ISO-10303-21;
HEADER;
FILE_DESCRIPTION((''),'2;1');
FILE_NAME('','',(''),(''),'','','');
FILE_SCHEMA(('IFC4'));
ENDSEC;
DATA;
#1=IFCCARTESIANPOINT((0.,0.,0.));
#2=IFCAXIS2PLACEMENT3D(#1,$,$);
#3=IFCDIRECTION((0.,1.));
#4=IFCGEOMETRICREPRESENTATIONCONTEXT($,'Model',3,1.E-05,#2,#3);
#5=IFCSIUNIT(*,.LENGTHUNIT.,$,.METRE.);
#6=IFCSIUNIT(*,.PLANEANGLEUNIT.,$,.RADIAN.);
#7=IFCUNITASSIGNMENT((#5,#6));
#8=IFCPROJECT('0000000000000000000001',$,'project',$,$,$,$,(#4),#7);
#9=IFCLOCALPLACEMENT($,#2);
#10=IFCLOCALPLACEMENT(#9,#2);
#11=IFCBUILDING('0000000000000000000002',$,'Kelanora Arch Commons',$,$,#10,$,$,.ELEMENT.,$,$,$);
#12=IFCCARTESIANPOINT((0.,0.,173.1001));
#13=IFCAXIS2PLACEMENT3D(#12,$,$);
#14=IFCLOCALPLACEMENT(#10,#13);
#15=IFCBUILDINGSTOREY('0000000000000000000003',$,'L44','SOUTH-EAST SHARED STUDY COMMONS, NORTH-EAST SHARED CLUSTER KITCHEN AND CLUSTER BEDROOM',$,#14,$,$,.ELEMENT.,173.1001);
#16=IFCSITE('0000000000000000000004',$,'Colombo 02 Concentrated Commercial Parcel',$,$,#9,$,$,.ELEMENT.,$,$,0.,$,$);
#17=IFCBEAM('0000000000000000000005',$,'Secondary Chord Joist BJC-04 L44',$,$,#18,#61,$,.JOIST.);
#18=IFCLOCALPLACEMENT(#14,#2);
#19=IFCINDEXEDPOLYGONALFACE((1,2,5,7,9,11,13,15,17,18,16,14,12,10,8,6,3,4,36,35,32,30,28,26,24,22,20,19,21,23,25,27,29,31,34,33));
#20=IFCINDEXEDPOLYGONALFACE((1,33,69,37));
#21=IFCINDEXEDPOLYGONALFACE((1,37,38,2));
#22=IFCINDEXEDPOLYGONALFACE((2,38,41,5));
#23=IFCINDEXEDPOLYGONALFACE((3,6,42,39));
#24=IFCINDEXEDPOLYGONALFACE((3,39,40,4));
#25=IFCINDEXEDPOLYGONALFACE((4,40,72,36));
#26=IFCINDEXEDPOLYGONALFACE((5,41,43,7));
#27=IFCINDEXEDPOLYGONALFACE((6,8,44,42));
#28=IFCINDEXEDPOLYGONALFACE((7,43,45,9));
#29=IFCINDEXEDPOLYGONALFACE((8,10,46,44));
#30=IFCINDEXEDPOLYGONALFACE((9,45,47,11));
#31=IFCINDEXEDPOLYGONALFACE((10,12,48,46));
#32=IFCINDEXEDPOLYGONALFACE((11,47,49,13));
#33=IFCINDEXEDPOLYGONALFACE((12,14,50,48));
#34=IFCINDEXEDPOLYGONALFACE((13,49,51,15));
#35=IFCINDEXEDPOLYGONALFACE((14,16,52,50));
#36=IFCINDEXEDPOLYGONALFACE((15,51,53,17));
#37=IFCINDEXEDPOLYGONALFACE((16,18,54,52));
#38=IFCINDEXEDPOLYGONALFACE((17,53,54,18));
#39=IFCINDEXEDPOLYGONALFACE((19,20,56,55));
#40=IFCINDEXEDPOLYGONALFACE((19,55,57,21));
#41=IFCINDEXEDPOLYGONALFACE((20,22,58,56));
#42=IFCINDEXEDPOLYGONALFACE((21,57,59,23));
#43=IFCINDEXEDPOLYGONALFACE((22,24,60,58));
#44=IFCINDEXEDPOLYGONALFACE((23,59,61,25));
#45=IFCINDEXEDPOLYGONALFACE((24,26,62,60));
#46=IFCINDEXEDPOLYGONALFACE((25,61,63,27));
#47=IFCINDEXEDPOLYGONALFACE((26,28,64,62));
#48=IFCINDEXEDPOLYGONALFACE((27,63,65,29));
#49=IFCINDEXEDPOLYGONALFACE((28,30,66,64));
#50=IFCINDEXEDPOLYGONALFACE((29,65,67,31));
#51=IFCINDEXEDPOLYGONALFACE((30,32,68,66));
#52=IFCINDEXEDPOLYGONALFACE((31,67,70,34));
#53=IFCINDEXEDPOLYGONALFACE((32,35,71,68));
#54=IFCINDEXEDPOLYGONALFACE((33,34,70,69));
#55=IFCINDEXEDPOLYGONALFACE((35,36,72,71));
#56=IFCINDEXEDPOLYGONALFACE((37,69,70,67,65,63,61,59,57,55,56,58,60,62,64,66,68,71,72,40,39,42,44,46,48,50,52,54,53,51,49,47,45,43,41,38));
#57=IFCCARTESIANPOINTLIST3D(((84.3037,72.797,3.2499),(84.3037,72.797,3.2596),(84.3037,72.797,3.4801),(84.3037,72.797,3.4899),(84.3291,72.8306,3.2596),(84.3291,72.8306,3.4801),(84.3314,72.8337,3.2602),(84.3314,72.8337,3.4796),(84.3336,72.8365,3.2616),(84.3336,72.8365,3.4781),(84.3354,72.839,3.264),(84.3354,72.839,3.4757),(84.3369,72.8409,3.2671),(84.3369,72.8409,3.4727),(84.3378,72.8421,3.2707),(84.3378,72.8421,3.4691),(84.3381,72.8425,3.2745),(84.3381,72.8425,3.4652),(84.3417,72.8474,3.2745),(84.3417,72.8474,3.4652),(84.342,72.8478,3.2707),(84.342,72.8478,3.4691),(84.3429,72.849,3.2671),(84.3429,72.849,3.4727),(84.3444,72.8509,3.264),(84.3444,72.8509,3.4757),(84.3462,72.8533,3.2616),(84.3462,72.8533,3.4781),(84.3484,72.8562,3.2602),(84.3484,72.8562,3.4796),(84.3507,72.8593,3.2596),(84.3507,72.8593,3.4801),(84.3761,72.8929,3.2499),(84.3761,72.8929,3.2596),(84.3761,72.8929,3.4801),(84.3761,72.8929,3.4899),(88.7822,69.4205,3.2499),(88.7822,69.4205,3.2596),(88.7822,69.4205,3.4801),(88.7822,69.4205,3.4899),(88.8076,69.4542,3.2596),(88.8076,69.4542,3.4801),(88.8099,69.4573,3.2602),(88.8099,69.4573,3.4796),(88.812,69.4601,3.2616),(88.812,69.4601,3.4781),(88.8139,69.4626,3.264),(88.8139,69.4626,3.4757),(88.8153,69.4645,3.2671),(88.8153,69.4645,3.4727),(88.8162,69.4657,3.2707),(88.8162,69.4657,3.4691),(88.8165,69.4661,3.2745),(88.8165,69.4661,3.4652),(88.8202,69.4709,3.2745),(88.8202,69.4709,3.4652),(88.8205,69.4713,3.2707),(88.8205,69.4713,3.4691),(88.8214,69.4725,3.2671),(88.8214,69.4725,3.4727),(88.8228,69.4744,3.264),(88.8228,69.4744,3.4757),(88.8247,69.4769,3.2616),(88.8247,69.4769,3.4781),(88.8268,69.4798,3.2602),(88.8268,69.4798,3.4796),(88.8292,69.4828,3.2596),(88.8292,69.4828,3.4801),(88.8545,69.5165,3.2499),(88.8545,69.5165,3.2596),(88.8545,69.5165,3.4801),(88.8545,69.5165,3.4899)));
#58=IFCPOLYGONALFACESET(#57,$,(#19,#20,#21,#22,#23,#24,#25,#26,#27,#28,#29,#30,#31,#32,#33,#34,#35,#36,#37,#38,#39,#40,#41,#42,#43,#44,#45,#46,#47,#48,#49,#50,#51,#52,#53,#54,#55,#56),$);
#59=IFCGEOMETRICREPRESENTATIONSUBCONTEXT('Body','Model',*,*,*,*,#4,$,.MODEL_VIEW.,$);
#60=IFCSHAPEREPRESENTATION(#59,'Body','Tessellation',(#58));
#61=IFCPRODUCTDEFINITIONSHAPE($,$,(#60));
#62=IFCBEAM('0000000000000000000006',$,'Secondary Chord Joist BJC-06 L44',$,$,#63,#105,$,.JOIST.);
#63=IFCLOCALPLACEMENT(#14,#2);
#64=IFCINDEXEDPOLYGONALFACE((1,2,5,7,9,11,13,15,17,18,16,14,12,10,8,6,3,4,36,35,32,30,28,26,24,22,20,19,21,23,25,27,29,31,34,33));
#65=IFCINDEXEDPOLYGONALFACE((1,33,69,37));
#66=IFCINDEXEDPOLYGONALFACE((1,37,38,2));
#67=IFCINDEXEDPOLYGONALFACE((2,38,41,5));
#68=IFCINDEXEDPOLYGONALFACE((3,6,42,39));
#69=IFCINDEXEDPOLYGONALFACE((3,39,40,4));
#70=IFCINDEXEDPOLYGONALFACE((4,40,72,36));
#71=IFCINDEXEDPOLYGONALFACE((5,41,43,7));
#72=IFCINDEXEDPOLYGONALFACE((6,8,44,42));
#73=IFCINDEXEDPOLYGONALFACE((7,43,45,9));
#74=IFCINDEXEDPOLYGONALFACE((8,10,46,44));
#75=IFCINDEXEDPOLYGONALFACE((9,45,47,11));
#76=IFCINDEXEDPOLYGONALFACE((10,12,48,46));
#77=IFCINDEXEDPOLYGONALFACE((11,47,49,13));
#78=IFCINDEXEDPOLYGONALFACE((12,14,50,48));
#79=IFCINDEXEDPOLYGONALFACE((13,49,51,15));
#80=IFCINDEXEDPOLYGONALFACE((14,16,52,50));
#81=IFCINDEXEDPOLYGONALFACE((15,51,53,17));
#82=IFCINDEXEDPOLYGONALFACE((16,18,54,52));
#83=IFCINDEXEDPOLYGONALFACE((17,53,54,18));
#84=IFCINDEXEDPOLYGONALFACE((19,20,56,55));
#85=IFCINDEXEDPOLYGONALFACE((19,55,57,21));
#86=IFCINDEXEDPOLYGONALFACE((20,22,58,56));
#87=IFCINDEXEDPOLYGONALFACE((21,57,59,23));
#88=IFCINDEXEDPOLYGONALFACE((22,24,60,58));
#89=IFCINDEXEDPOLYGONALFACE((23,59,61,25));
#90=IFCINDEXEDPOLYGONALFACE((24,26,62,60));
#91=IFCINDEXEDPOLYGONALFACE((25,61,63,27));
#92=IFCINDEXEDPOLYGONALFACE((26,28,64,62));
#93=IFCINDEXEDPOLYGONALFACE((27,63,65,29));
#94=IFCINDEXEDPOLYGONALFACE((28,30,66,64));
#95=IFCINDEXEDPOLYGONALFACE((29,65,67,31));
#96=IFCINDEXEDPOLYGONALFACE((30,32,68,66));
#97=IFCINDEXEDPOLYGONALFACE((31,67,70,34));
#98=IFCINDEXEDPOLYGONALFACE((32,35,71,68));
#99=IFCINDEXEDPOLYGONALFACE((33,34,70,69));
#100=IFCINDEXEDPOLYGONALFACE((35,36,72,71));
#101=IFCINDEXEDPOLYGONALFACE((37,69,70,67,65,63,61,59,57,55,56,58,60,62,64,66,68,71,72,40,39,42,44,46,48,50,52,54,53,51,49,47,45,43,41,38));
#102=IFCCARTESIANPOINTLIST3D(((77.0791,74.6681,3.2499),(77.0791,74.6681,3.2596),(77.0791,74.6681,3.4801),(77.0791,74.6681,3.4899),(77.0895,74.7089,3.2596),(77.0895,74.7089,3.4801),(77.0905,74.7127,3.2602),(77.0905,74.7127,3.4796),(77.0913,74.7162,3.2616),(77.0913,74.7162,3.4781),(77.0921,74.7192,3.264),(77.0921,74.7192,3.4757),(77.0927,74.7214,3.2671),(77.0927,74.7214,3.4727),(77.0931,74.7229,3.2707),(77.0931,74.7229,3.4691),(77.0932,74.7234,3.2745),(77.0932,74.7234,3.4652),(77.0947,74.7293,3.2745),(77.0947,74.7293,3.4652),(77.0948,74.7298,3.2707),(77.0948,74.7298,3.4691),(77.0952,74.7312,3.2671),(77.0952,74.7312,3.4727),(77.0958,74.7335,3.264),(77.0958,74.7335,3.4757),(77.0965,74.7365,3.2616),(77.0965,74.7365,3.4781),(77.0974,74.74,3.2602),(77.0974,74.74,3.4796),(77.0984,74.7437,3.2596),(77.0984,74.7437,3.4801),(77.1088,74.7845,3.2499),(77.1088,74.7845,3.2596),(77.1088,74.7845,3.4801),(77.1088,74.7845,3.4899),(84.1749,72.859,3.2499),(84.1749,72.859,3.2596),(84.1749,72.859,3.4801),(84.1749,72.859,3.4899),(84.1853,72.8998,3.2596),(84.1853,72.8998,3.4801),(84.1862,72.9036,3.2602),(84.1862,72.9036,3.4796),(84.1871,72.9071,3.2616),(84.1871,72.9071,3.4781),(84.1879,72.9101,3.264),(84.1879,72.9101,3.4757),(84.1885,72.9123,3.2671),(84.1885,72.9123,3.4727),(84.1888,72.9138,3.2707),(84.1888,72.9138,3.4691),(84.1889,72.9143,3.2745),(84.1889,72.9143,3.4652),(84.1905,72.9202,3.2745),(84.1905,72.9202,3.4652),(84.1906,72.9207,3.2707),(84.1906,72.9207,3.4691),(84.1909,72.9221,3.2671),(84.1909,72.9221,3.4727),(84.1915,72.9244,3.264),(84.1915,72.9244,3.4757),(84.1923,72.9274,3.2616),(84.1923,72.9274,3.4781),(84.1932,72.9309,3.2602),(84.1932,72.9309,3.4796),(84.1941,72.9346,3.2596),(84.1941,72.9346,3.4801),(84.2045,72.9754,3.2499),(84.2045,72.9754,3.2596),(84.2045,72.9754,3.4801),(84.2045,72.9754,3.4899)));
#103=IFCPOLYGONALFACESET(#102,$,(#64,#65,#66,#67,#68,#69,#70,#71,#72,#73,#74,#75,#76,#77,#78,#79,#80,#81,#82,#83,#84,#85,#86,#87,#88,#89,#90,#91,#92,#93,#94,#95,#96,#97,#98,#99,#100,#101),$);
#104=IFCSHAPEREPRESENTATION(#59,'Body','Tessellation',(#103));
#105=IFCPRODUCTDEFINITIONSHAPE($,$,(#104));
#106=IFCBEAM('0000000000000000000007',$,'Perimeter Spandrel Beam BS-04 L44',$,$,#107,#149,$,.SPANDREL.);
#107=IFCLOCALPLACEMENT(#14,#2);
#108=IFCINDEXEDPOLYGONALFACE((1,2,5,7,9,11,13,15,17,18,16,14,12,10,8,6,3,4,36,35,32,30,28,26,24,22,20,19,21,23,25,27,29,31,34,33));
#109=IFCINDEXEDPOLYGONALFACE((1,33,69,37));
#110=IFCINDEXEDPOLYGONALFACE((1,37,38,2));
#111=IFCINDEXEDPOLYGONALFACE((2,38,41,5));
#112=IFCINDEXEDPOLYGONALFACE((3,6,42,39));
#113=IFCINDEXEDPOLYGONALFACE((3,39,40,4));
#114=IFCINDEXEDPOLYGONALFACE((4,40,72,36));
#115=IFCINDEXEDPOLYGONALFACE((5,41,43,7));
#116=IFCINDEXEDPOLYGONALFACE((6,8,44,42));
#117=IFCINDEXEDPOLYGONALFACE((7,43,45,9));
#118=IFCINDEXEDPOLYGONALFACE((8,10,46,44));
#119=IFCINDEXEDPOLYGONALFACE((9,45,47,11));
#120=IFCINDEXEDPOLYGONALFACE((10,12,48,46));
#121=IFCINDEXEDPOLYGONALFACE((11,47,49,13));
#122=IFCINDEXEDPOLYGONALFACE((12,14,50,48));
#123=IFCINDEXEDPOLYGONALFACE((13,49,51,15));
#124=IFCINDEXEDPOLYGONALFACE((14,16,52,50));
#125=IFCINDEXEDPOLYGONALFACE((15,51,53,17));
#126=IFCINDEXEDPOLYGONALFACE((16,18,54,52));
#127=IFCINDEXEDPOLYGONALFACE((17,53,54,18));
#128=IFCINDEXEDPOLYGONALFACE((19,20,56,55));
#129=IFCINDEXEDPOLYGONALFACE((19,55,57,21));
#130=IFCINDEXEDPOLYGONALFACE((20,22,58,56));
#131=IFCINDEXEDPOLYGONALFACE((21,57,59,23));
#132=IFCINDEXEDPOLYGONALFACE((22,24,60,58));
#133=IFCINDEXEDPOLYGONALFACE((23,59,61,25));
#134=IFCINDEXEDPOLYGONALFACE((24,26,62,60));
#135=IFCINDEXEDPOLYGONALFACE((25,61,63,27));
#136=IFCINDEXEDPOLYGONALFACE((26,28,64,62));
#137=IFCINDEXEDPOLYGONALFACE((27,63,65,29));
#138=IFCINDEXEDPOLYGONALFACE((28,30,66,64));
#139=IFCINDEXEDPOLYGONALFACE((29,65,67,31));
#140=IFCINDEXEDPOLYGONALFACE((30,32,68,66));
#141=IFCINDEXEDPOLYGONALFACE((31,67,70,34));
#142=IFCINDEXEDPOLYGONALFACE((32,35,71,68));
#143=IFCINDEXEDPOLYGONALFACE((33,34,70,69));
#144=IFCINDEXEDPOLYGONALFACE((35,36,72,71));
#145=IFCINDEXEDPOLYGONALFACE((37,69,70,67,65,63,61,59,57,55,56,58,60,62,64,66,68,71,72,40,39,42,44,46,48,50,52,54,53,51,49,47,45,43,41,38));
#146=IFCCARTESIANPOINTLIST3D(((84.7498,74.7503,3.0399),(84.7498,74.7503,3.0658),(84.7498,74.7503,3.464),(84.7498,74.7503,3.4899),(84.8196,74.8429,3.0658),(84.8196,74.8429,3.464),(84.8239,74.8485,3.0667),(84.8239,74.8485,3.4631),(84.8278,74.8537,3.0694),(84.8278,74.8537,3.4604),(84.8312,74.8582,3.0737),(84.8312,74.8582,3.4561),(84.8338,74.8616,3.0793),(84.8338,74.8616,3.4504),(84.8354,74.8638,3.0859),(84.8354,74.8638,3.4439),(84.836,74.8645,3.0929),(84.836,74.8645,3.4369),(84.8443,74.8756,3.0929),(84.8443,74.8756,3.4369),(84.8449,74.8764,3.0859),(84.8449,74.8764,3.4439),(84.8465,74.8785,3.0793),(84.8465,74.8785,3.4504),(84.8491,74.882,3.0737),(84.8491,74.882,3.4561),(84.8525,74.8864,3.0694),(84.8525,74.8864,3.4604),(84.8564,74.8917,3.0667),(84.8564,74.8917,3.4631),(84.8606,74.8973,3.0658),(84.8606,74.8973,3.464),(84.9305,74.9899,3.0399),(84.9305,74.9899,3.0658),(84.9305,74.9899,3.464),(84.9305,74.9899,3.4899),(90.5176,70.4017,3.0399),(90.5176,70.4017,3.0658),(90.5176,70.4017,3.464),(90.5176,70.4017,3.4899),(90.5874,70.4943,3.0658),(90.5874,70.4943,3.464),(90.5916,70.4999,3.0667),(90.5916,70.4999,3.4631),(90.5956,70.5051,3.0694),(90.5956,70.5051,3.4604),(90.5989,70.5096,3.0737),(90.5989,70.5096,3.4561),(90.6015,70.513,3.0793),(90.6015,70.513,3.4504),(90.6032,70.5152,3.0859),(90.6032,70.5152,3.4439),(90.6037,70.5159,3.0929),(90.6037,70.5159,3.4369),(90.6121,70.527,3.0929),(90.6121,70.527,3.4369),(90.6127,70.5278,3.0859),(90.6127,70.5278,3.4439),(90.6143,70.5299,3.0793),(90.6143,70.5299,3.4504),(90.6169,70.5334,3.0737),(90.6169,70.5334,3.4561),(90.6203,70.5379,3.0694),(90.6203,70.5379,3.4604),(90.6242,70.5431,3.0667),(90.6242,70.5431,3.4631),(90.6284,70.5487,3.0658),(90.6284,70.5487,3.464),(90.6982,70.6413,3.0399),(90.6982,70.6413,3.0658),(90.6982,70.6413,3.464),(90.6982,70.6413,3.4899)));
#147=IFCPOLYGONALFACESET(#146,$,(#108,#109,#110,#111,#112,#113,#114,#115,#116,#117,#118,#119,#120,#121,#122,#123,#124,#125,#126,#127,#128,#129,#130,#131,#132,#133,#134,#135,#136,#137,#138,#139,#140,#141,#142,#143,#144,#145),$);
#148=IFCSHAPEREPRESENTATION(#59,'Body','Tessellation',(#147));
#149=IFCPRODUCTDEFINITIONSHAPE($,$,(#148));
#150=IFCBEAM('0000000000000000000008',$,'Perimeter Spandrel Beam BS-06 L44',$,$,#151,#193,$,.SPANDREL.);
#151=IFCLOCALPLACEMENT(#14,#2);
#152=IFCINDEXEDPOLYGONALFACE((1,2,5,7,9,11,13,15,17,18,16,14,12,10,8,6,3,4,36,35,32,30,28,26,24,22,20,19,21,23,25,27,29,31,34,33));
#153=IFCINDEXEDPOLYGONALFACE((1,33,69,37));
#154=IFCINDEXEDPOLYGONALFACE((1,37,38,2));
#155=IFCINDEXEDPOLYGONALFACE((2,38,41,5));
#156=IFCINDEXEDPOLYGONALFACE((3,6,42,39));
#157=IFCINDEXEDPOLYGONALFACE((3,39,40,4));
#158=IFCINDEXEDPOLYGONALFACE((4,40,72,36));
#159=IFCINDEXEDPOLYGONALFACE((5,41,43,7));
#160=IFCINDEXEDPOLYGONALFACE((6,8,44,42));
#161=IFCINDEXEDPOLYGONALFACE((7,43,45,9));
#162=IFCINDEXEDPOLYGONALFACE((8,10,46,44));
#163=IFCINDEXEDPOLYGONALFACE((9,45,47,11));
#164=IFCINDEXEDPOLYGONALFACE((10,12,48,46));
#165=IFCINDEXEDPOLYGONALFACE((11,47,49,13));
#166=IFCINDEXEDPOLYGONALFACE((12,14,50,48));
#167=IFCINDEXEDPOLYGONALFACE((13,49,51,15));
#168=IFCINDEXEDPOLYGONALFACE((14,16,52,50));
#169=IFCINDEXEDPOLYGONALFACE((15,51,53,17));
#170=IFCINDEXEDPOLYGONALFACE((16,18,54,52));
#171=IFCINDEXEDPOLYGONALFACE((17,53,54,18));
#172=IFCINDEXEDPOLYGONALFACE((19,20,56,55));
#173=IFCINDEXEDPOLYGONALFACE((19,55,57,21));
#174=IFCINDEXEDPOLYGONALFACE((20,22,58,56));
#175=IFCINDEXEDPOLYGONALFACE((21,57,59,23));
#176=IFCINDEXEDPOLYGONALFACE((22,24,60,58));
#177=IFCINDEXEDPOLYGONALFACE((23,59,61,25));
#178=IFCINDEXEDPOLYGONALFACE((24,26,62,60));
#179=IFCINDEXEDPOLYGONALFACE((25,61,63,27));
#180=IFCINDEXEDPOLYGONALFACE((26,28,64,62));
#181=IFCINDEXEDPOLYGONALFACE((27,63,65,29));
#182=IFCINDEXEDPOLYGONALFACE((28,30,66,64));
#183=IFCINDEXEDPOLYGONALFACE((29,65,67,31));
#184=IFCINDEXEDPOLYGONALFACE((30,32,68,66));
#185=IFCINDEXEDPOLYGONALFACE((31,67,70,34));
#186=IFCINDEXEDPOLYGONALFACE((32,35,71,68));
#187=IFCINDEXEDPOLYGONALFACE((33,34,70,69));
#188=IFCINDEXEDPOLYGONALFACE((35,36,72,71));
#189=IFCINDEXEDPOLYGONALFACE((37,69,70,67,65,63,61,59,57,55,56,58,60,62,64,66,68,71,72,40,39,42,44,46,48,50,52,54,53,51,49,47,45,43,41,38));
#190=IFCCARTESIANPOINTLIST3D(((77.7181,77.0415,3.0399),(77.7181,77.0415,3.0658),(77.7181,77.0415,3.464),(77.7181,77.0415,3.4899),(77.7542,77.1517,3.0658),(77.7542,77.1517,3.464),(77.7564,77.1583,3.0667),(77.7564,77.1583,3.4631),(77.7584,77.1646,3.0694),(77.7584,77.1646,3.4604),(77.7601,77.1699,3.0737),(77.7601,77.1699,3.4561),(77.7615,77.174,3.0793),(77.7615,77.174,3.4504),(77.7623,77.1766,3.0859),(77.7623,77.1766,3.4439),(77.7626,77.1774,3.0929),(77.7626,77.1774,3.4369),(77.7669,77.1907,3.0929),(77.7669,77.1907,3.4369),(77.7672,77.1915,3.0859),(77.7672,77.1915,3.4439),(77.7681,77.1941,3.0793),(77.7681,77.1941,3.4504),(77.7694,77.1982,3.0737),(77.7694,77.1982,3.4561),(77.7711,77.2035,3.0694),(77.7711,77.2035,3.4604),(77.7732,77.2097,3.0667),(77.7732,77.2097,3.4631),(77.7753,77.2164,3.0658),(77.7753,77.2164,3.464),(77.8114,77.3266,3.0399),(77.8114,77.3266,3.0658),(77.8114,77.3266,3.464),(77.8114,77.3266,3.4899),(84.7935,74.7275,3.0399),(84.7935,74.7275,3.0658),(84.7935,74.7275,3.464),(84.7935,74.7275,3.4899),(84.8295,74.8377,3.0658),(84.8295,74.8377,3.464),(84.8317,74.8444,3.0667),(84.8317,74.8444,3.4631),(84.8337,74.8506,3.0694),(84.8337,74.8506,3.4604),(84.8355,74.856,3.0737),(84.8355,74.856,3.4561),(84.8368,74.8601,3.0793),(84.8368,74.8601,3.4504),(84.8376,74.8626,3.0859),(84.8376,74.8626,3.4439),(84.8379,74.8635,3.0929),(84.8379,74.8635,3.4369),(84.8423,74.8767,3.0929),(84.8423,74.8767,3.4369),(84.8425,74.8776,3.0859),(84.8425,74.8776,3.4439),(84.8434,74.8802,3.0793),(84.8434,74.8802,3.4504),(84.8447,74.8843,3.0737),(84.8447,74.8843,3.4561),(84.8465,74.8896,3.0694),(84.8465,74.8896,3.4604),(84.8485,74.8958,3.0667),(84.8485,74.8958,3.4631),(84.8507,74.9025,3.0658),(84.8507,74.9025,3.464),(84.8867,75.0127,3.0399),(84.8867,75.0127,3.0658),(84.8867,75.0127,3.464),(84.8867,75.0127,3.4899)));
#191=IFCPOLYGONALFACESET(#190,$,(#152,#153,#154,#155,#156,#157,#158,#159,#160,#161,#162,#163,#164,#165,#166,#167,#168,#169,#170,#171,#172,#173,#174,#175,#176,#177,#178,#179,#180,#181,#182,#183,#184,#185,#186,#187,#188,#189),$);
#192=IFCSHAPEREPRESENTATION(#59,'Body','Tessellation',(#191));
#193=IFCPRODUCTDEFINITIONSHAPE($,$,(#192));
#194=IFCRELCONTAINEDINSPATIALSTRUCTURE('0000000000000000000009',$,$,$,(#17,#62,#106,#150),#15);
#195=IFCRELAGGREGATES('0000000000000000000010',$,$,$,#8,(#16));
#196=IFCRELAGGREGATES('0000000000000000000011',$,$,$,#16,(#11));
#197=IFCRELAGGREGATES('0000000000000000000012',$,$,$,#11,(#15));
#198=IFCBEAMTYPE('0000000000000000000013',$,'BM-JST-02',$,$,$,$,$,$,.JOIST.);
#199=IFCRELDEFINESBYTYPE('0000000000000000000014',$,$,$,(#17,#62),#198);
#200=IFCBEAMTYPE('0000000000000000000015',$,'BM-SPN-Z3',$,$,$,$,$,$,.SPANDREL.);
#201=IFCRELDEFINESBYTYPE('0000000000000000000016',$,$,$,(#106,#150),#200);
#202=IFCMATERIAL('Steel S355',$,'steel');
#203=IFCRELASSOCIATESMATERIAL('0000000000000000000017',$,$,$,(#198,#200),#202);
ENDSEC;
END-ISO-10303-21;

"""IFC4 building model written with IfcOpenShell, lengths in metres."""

from ifc_helpers import new_model, si_unit, direction, frame, origin, origin_2d, place, context, subcontext, project, spatial, i_section, extrude, material, material_profile, profile_set, type_object, element, save


model = new_model("IFC4")

# Units and contexts
model_context = context("Model", 3, precision=1e-05, world=origin(), true_north=direction((0.0, 1.0)))
body_context = subcontext(model_context, "Body", "Model", "MODEL_VIEW")
ifc_project = project(units=[si_unit("LENGTHUNIT", "METRE"), si_unit("PLANEANGLEUNIT", "RADIAN")], contexts=[model_context])

# Site, building, storey
site_placement = place(None, origin())
site = spatial("IfcSite", under=ifc_project, at=site_placement, Name="Colombo 02 Concentrated Commercial Parcel", CompositionType="ELEMENT", RefElevation=0.0)
building_placement = place(site_placement, origin())
building = spatial("IfcBuilding", under=site, at=building_placement, Name="Kelanora Arch Commons", CompositionType="ELEMENT")
storey_placement = place(building_placement, frame((0.0, 0.0, 173.1001)))
storey = spatial("IfcBuildingStorey", under=building, at=storey_placement, Name="L44", Description="SOUTH-EAST SHARED STUDY COMMONS, NORTH-EAST SHARED CLUSTER KITCHEN AND CLUSTER BEDROOM", CompositionType="ELEMENT", Elevation=173.1001)

# Beams
ifc_material_1 = material(Name="Steel S355", Category="steel")
ifc_material_profile_1 = material_profile(ifc_material_1, i_section(OverallWidth=0.1201, OverallDepth=0.24, WebThickness=0.0061, FlangeThickness=0.0098, FilletRadius=0.0149, at=origin_2d()), Name="IPE240")
ifc_profile_set_1 = profile_set([ifc_material_profile_1], Name="Steel S355")
beam_type_1 = type_object("IfcBeamType", Name="BM-JST-02", PredefinedType="JOIST", material=ifc_profile_set_1)
beam_1_placement = place(storey_placement, frame((88.8184, 69.4685, 3.3699), z_axis=(-0.798493, 0.602004, 0.0), x_axis=(-0.602004, -0.798493, 0.0)))
element("IfcBeam", 1, at=beam_1_placement, inside=storey, type_object=beam_type_1, Name="Secondary Chord Joist BJC-04 L44", PredefinedType="JOIST", context=body_context, shape_type="SweptSolid", body=[
    extrude(i_section(OverallWidth=0.1201, OverallDepth=0.24, WebThickness=0.0061, FlangeThickness=0.0098, FilletRadius=0.0149, at=origin_2d()), origin(), (0.0, 0.0, 1.0), 5.6086),
])
beam_2_placement = place(storey_placement, frame((84.1897, 72.9172, 3.3699), z_axis=(-0.969002, 0.247052, 0.0), x_axis=(-0.247052, -0.969002, 0.0)))
element("IfcBeam", 2, at=beam_2_placement, inside=storey, type_object=beam_type_1, Name="Secondary Chord Joist BJC-06 L44", PredefinedType="JOIST", context=body_context, shape_type="SweptSolid", body=[
    extrude(i_section(OverallWidth=0.1201, OverallDepth=0.24, WebThickness=0.0061, FlangeThickness=0.0098, FilletRadius=0.0149, at=origin_2d()), origin(), (0.0, 0.0, 1.0), 7.3228),
])
ifc_material_profile_2 = material_profile(ifc_material_1, i_section(OverallWidth=0.3, OverallDepth=0.45, WebThickness=0.0139, FlangeThickness=0.0259, FilletRadius=0.0271, at=origin_2d()), Name="HEB450")
ifc_profile_set_2 = profile_set([ifc_material_profile_2], Name="Steel S355")
beam_type_2 = type_object("IfcBeamType", Name="BM-SPN-Z3", PredefinedType="SPANDREL", material=ifc_profile_set_2)
beam_3_placement = place(storey_placement, frame((90.6079, 70.5215, 3.2649), z_axis=(-0.798485, 0.602015, 0.0), x_axis=(-0.602015, -0.798485, 0.0)))
element("IfcBeam", 3, at=beam_3_placement, inside=storey, type_object=beam_type_2, Name="Perimeter Spandrel Beam BS-04 L44", PredefinedType="SPANDREL", context=body_context, shape_type="SweptSolid", body=[
    extrude(i_section(OverallWidth=0.3, OverallDepth=0.45, WebThickness=0.0139, FlangeThickness=0.0259, FilletRadius=0.0271, at=origin_2d()), origin(), (0.0, 0.0, 1.0), 7.2234),
])
beam_4_placement = place(storey_placement, frame((84.8401, 74.8701, 3.2649), z_axis=(-0.950462, 0.310841, 0.0), x_axis=(-0.310841, -0.950462, 0.0)))
element("IfcBeam", 4, at=beam_4_placement, inside=storey, type_object=beam_type_2, Name="Perimeter Spandrel Beam BS-06 L44", PredefinedType="SPANDREL", context=body_context, shape_type="SweptSolid", body=[
    extrude(i_section(OverallWidth=0.3, OverallDepth=0.45, WebThickness=0.0139, FlangeThickness=0.0259, FilletRadius=0.0271, at=origin_2d()), origin(), (0.0, 0.0, 1.0), 7.4441),
])

save(model, "model.ifc")
